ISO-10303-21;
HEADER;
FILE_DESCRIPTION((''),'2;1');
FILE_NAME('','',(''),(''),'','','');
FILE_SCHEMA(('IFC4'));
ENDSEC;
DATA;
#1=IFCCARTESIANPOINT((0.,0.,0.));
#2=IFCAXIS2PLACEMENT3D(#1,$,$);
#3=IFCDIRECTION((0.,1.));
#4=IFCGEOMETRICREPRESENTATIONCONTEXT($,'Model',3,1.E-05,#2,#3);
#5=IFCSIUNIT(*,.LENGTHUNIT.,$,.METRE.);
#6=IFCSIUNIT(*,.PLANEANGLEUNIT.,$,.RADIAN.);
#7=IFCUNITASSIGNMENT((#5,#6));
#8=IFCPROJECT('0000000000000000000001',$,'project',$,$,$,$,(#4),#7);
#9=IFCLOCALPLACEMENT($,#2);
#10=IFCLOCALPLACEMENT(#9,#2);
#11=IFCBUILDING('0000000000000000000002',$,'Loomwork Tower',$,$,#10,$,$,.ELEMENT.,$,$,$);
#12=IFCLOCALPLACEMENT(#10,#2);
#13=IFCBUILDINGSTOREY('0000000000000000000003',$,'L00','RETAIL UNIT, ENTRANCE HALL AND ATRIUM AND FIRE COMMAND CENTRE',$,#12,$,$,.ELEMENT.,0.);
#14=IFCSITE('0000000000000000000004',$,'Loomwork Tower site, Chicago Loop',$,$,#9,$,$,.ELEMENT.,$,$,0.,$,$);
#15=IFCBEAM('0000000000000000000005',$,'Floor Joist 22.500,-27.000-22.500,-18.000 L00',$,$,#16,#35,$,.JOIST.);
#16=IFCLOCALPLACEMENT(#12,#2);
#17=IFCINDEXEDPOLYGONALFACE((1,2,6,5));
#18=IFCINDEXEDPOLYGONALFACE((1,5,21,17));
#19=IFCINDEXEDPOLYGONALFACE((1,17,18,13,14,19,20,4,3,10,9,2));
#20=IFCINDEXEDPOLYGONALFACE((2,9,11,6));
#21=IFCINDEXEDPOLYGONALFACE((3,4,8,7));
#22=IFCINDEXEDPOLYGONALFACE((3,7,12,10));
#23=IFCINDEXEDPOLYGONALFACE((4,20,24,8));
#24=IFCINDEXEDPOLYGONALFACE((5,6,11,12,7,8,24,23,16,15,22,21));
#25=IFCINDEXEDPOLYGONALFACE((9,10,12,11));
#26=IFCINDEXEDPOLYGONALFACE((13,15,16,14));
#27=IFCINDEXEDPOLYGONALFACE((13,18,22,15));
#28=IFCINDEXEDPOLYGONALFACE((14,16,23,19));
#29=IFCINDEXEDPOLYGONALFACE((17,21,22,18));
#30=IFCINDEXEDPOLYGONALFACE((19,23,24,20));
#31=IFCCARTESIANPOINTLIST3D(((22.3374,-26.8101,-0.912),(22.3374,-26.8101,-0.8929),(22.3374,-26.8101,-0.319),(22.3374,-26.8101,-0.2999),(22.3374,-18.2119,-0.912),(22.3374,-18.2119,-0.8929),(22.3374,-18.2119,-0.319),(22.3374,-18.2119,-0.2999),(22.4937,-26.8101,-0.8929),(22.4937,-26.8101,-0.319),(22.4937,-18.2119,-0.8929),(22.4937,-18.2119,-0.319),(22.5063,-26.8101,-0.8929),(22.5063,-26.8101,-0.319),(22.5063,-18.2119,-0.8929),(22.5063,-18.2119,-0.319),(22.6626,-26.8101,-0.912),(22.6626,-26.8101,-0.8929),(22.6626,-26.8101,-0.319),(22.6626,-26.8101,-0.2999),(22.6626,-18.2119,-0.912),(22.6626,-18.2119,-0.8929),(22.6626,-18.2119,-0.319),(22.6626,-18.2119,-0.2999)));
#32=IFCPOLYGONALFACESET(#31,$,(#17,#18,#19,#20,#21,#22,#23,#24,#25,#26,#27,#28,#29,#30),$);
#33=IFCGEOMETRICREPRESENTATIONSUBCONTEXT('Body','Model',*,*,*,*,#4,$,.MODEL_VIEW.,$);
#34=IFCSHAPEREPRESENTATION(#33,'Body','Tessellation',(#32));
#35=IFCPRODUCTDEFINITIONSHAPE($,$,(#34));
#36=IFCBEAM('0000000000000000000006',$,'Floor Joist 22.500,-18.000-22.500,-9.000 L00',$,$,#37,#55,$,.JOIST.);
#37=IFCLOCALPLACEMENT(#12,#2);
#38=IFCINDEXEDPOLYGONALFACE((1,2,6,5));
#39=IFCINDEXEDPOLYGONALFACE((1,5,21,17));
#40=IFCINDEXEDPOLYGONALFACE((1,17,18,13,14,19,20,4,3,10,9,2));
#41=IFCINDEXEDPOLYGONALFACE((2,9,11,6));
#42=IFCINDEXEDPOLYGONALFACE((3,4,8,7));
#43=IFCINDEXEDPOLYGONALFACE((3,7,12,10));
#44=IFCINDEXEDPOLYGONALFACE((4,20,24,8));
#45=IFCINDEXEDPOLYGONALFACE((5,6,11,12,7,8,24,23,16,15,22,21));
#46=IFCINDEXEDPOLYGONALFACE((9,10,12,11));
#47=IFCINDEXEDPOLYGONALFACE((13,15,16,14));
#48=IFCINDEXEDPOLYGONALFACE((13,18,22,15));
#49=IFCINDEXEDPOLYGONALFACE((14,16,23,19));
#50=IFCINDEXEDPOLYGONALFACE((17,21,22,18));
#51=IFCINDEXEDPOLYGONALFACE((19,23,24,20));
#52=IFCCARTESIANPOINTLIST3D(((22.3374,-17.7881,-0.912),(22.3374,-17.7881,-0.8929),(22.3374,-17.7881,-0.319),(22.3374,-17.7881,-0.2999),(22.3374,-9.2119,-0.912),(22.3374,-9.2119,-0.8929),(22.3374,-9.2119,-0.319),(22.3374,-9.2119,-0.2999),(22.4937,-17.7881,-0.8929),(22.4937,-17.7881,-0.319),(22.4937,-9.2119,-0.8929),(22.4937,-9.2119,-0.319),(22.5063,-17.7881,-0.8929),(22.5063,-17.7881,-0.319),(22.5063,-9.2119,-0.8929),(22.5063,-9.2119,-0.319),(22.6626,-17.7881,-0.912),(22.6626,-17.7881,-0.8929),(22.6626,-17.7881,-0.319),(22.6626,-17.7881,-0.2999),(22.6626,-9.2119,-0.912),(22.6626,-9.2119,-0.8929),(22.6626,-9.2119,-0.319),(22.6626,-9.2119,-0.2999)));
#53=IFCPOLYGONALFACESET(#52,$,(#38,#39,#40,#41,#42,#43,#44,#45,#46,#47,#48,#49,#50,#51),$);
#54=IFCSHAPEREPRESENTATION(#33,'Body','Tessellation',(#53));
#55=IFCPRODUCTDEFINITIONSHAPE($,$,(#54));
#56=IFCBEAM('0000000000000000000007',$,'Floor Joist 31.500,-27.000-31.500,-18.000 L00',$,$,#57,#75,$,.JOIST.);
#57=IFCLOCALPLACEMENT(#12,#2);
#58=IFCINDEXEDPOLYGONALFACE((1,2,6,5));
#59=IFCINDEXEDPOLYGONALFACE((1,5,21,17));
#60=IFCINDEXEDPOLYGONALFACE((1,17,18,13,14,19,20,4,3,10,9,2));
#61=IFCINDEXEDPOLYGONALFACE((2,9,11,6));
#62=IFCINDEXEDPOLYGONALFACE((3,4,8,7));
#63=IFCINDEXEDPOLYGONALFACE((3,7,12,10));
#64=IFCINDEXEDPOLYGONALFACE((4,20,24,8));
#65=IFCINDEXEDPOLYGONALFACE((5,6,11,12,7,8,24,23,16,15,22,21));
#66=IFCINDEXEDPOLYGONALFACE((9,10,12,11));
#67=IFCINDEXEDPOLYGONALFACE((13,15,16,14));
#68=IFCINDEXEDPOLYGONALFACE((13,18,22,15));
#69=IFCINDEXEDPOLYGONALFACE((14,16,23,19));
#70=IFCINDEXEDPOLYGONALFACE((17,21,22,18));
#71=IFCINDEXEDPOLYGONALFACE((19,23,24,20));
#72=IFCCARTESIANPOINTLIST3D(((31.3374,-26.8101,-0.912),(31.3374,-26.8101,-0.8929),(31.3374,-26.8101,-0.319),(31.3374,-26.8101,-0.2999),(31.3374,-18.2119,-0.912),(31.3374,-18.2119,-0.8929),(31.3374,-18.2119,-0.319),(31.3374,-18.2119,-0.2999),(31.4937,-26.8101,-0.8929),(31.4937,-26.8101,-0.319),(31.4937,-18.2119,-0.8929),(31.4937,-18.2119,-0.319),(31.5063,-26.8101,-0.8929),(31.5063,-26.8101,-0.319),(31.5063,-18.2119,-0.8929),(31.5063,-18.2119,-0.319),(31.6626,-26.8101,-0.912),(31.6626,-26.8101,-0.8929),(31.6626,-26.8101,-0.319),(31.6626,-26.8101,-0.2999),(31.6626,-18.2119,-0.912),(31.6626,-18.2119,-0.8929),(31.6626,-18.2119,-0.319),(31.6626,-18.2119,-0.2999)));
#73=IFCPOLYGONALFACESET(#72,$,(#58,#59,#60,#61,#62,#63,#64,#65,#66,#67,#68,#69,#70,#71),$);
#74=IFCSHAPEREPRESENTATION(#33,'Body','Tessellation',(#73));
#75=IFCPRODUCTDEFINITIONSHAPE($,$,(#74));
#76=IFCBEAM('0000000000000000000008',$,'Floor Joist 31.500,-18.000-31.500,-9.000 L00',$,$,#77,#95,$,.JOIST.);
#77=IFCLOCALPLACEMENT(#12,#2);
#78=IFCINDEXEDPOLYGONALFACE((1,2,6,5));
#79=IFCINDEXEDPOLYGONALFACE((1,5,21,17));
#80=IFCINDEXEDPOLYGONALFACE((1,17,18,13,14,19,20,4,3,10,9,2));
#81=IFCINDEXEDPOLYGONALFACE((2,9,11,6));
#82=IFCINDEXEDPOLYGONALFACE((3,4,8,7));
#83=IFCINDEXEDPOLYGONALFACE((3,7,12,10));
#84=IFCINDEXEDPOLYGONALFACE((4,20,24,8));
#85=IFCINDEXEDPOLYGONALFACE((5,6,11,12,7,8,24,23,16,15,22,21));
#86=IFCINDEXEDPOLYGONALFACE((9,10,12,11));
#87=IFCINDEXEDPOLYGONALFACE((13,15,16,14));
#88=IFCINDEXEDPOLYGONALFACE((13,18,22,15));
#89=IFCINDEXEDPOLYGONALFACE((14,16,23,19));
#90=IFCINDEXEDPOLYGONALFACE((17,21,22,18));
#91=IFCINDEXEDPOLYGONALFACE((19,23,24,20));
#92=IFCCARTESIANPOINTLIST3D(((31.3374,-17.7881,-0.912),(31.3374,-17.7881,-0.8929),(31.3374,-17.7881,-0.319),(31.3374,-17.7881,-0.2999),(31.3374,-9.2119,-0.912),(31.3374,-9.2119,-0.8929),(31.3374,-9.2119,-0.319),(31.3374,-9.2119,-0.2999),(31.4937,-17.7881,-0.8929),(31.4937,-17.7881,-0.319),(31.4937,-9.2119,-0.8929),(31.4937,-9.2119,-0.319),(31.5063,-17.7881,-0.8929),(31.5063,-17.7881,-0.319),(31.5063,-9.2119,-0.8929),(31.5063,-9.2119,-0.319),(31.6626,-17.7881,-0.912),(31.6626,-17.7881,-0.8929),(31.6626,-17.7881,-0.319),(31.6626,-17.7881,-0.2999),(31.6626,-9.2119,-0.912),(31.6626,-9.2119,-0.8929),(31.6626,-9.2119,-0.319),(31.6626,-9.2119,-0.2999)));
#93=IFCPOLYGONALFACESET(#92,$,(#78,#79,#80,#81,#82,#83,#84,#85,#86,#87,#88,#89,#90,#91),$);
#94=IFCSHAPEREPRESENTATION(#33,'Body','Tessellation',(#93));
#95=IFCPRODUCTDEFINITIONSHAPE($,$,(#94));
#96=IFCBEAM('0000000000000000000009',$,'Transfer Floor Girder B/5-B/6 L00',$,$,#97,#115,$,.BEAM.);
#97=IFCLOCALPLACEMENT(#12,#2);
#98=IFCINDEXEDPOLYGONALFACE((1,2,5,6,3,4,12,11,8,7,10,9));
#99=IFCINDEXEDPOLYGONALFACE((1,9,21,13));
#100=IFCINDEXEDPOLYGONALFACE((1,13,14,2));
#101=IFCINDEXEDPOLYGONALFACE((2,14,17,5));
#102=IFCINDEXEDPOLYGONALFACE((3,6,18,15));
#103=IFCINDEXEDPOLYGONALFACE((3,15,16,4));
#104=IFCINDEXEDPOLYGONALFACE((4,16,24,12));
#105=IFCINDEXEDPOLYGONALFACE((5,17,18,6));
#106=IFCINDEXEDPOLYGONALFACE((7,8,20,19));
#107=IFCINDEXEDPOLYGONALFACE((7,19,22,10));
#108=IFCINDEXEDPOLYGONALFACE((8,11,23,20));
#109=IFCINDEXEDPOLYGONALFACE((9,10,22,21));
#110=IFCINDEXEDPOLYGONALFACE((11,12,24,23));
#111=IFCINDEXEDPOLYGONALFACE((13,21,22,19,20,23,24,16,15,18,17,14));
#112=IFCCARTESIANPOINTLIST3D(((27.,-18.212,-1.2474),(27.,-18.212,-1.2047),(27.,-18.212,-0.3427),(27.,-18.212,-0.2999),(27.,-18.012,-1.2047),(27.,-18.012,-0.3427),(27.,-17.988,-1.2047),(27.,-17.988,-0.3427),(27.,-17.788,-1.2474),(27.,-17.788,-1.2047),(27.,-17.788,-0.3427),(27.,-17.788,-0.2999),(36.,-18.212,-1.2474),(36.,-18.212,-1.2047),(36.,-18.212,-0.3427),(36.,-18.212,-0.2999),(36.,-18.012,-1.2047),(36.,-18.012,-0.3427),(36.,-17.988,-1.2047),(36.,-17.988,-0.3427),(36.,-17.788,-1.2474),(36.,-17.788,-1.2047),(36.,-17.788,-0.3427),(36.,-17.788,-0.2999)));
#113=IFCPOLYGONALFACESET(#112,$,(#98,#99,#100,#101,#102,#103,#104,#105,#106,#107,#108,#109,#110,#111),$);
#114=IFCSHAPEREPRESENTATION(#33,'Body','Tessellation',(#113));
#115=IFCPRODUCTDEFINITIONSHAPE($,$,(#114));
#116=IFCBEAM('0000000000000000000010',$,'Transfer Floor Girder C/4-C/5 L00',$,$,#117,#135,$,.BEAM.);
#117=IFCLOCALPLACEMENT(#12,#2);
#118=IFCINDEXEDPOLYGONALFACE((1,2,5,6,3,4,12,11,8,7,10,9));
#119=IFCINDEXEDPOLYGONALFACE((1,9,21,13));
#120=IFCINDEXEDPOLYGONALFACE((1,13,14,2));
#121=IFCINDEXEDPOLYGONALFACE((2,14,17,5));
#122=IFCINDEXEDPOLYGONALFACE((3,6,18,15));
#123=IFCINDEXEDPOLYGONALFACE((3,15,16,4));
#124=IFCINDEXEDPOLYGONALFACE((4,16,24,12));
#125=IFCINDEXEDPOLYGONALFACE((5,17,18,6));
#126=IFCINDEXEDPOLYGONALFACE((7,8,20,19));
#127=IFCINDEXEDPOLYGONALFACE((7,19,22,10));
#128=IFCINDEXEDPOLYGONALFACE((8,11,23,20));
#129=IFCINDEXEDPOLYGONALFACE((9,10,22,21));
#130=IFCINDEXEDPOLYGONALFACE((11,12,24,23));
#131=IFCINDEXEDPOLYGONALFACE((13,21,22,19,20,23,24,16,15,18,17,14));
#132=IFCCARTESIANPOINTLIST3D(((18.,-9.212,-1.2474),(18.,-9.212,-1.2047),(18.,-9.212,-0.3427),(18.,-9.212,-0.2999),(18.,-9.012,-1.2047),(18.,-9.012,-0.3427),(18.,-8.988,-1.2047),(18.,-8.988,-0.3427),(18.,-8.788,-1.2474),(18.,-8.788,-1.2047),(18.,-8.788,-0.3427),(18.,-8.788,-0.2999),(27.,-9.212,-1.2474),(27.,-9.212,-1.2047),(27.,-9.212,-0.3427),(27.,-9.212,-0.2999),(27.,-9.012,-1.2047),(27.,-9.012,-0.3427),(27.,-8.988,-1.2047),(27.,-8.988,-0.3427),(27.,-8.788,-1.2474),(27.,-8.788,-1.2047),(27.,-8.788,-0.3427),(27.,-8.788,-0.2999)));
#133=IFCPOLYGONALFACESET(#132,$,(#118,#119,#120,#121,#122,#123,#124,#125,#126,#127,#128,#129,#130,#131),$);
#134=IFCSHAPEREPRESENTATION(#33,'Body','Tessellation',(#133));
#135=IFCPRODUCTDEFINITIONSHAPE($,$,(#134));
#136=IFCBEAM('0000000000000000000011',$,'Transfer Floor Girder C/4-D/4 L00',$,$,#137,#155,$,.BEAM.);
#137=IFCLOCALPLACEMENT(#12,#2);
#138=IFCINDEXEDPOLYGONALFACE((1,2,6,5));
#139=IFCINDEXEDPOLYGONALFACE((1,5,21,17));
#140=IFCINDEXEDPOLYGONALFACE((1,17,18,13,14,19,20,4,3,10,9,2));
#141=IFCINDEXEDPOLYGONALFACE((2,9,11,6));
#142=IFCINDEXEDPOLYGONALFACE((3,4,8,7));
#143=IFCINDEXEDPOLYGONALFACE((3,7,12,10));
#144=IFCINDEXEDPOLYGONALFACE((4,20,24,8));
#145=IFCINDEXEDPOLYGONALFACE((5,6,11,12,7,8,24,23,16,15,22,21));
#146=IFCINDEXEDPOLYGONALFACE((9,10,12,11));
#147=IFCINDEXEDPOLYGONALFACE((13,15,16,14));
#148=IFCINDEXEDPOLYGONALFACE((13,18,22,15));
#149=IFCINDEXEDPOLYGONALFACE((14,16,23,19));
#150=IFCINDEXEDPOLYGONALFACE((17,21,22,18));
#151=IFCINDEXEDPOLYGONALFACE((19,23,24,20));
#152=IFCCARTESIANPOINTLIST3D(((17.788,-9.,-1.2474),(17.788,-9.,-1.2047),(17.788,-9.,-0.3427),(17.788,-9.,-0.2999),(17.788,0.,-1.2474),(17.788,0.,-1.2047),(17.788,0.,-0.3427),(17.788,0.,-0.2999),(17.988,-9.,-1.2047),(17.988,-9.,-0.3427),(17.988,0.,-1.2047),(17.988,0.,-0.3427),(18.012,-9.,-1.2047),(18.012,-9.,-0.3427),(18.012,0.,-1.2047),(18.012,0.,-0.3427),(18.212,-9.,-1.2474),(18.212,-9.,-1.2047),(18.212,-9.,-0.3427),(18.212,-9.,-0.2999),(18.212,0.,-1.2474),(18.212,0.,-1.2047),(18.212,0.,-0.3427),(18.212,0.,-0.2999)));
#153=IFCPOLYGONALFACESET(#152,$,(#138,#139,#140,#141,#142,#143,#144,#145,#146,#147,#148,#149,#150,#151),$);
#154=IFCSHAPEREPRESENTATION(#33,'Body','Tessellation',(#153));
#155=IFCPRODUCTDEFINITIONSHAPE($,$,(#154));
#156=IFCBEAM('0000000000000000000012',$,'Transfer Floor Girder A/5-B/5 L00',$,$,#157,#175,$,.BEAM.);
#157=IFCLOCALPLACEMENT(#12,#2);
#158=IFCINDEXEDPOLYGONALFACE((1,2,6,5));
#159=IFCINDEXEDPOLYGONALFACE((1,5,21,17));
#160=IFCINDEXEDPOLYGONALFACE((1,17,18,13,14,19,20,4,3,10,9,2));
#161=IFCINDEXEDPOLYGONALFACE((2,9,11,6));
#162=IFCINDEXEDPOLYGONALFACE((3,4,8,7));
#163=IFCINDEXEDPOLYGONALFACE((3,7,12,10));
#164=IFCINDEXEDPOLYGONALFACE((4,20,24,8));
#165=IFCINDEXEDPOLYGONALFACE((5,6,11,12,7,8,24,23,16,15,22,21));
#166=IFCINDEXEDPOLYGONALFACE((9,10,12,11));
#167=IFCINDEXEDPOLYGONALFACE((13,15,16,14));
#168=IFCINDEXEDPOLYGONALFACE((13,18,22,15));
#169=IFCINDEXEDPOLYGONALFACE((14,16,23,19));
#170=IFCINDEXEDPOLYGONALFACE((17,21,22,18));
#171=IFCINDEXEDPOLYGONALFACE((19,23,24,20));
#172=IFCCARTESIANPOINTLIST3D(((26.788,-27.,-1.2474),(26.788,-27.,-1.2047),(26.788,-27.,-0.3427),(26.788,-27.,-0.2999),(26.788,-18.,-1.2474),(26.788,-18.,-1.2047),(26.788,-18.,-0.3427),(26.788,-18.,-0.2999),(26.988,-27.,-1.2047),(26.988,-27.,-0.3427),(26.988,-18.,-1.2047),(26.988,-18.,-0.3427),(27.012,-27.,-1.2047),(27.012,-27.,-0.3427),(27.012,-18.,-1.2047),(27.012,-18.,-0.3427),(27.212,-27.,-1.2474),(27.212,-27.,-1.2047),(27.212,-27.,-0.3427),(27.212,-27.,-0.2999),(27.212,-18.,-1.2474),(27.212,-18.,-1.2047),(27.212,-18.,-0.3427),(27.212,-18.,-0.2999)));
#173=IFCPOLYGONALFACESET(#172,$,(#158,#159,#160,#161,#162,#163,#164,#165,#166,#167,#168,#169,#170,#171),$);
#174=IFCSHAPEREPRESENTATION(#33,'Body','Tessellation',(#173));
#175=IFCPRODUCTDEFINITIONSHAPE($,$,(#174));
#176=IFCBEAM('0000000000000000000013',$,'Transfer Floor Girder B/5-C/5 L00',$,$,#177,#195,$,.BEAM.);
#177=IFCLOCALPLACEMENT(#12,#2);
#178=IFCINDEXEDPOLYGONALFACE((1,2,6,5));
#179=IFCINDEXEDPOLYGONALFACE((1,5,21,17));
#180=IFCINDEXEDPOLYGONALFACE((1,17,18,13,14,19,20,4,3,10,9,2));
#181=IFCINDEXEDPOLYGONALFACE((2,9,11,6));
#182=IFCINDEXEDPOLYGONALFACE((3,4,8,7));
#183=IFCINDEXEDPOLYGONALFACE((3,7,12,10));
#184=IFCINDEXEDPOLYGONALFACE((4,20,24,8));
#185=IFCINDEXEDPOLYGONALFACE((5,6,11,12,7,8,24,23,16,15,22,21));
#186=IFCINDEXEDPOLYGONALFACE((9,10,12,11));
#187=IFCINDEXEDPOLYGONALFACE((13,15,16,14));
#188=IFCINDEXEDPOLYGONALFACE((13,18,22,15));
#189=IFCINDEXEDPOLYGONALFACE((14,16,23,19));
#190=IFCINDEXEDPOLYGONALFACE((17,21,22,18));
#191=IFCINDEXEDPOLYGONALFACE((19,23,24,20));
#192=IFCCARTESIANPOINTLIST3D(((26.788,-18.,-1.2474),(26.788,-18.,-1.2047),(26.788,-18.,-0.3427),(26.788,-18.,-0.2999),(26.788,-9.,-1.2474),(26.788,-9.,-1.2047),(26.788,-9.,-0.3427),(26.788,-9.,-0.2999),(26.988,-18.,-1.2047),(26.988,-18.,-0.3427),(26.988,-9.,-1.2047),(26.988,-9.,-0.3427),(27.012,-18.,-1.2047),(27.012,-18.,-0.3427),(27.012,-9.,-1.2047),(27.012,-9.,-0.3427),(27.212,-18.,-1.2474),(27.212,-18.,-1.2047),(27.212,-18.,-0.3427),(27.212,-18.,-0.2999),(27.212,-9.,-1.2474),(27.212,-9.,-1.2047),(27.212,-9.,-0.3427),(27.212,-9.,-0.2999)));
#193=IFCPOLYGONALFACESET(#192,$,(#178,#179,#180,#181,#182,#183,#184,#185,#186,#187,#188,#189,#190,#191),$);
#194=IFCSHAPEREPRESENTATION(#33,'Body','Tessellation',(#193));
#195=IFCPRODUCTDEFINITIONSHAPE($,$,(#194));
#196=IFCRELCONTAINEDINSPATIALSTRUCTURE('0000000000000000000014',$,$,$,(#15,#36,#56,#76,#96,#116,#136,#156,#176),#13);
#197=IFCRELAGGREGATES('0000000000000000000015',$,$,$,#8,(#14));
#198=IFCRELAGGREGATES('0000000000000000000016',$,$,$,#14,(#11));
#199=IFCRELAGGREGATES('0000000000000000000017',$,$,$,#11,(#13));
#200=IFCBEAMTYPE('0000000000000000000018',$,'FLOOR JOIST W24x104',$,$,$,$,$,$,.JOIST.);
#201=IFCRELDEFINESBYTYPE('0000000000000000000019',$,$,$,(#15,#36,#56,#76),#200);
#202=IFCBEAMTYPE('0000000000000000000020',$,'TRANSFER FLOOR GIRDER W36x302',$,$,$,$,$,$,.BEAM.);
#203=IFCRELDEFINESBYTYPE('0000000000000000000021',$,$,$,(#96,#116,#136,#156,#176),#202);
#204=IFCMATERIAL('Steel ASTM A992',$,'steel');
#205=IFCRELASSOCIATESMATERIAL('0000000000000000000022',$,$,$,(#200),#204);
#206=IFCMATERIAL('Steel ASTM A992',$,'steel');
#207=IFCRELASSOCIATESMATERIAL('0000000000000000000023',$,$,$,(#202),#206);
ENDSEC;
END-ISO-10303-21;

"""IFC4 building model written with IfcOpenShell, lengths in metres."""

from ifc_helpers import new_model, si_unit, direction, frame, origin, origin_2d, place, context, subcontext, project, spatial, i_section, extrude, material, material_profile, profile_set, type_object, element, save


model = new_model("IFC4")

# Units and contexts
model_context = context("Model", 3, precision=1e-05, world=origin(), true_north=direction((0.0, 1.0)))
body_context = subcontext(model_context, "Body", "Model", "MODEL_VIEW")
ifc_project = project(units=[si_unit("LENGTHUNIT", "METRE"), si_unit("PLANEANGLEUNIT", "RADIAN")], contexts=[model_context])

# Site, building, storey
site_placement = place(None, origin())
site = spatial("IfcSite", under=ifc_project, at=site_placement, Name="Loomwork Tower site, Chicago Loop", CompositionType="ELEMENT", RefElevation=0.0)
building_placement = place(site_placement, origin())
building = spatial("IfcBuilding", under=site, at=building_placement, Name="Loomwork Tower", CompositionType="ELEMENT")
storey_placement = place(building_placement, origin())
storey = spatial("IfcBuildingStorey", under=building, at=storey_placement, Name="L00", Description="RETAIL UNIT, ENTRANCE HALL AND ATRIUM AND FIRE COMMAND CENTRE", CompositionType="ELEMENT", Elevation=0.0)

# Beams
ifc_material_1 = material(Name="Steel ASTM A992", Category="steel")
ifc_material_profile_1 = material_profile(ifc_material_1, i_section(OverallWidth=0.3252, OverallDepth=0.6121, WebThickness=0.0127, FlangeThickness=0.019, at=origin_2d()), Name="W24x104")
ifc_profile_set_1 = profile_set([ifc_material_profile_1], Name="Steel ASTM A992")
beam_type_1 = type_object("IfcBeamType", Name="FLOOR JOIST W24x104", PredefinedType="JOIST", material=ifc_profile_set_1)
beam_1_placement = place(storey_placement, frame((22.5, -26.8101, -0.606), z_axis=(0.0, 1.0, 0.0), x_axis=(-1.0, 0.0, 0.0)))
element("IfcBeam", 1, at=beam_1_placement, inside=storey, type_object=beam_type_1, Name="Floor Joist 22.500,-27.000-22.500,-18.000 L00", PredefinedType="JOIST", context=body_context, shape_type="SweptSolid", body=[
    extrude(i_section(OverallWidth=0.3252, OverallDepth=0.6121, WebThickness=0.0127, FlangeThickness=0.019, at=origin_2d()), origin(), (0.0, 0.0, 1.0), 8.5981),
])
beam_2_placement = place(storey_placement, frame((22.5, -17.7881, -0.606), z_axis=(0.0, 1.0, 0.0), x_axis=(-1.0, 0.0, 0.0)))
element("IfcBeam", 2, at=beam_2_placement, inside=storey, type_object=beam_type_1, Name="Floor Joist 22.500,-18.000-22.500,-9.000 L00", PredefinedType="JOIST", context=body_context, shape_type="SweptSolid", body=[
    extrude(i_section(OverallWidth=0.3252, OverallDepth=0.6121, WebThickness=0.0127, FlangeThickness=0.019, at=origin_2d()), origin(), (0.0, 0.0, 1.0), 8.5762),
])
beam_3_placement = place(storey_placement, frame((31.5, -26.8101, -0.606), z_axis=(0.0, 1.0, 0.0), x_axis=(-1.0, 0.0, 0.0)))
element("IfcBeam", 3, at=beam_3_placement, inside=storey, type_object=beam_type_1, Name="Floor Joist 31.500,-27.000-31.500,-18.000 L00", PredefinedType="JOIST", context=body_context, shape_type="SweptSolid", body=[
    extrude(i_section(OverallWidth=0.3252, OverallDepth=0.6121, WebThickness=0.0127, FlangeThickness=0.019, at=origin_2d()), origin(), (0.0, 0.0, 1.0), 8.5981),
])
beam_4_placement = place(storey_placement, frame((31.5, -17.7881, -0.606), z_axis=(0.0, 1.0, 0.0), x_axis=(-1.0, 0.0, 0.0)))
element("IfcBeam", 4, at=beam_4_placement, inside=storey, type_object=beam_type_1, Name="Floor Joist 31.500,-18.000-31.500,-9.000 L00", PredefinedType="JOIST", context=body_context, shape_type="SweptSolid", body=[
    extrude(i_section(OverallWidth=0.3252, OverallDepth=0.6121, WebThickness=0.0127, FlangeThickness=0.019, at=origin_2d()), origin(), (0.0, 0.0, 1.0), 8.5762),
])
ifc_material_2 = material(Name="Steel ASTM A992", Category="steel")
ifc_material_profile_2 = material_profile(ifc_material_2, i_section(OverallWidth=0.4241, OverallDepth=0.9475, WebThickness=0.0239, FlangeThickness=0.0427, at=origin_2d()), Name="W36x302")
ifc_profile_set_2 = profile_set([ifc_material_profile_2], Name="Steel ASTM A992")
beam_type_2 = type_object("IfcBeamType", Name="TRANSFER FLOOR GIRDER W36x302", PredefinedType="BEAM", material=ifc_profile_set_2)
for number, where, z_axis, x_axis, name in (
    (5, (27.0, -18.0, -0.7737), (1.0, 0.0, 0.0), (0.0, 1.0, 0.0), "Transfer Floor Girder B/5-B/6 L00"),
    (6, (18.0, -9.0, -0.7737), (1.0, 0.0, 0.0), (0.0, 1.0, 0.0), "Transfer Floor Girder C/4-C/5 L00"),
    (7, (18.0, -9.0, -0.7737), (0.0, 1.0, 0.0), (-1.0, 0.0, 0.0), "Transfer Floor Girder C/4-D/4 L00"),
    (8, (27.0, -27.0, -0.7737), (0.0, 1.0, 0.0), (-1.0, 0.0, 0.0), "Transfer Floor Girder A/5-B/5 L00"),
    (9, (27.0, -18.0, -0.7737), (0.0, 1.0, 0.0), (-1.0, 0.0, 0.0), "Transfer Floor Girder B/5-C/5 L00"),
):
    element("IfcBeam", number, at=place(storey_placement, frame(where, z_axis=z_axis, x_axis=x_axis)), inside=storey, type_object=beam_type_2, Name=name, PredefinedType="BEAM", context=body_context, shape_type="SweptSolid", body=[
        extrude(i_section(OverallWidth=0.4241, OverallDepth=0.9475, WebThickness=0.0239, FlangeThickness=0.0427, at=origin_2d()), origin(), (0.0, 0.0, 1.0), 9.0),
    ])

save(model, "model.ifc")
